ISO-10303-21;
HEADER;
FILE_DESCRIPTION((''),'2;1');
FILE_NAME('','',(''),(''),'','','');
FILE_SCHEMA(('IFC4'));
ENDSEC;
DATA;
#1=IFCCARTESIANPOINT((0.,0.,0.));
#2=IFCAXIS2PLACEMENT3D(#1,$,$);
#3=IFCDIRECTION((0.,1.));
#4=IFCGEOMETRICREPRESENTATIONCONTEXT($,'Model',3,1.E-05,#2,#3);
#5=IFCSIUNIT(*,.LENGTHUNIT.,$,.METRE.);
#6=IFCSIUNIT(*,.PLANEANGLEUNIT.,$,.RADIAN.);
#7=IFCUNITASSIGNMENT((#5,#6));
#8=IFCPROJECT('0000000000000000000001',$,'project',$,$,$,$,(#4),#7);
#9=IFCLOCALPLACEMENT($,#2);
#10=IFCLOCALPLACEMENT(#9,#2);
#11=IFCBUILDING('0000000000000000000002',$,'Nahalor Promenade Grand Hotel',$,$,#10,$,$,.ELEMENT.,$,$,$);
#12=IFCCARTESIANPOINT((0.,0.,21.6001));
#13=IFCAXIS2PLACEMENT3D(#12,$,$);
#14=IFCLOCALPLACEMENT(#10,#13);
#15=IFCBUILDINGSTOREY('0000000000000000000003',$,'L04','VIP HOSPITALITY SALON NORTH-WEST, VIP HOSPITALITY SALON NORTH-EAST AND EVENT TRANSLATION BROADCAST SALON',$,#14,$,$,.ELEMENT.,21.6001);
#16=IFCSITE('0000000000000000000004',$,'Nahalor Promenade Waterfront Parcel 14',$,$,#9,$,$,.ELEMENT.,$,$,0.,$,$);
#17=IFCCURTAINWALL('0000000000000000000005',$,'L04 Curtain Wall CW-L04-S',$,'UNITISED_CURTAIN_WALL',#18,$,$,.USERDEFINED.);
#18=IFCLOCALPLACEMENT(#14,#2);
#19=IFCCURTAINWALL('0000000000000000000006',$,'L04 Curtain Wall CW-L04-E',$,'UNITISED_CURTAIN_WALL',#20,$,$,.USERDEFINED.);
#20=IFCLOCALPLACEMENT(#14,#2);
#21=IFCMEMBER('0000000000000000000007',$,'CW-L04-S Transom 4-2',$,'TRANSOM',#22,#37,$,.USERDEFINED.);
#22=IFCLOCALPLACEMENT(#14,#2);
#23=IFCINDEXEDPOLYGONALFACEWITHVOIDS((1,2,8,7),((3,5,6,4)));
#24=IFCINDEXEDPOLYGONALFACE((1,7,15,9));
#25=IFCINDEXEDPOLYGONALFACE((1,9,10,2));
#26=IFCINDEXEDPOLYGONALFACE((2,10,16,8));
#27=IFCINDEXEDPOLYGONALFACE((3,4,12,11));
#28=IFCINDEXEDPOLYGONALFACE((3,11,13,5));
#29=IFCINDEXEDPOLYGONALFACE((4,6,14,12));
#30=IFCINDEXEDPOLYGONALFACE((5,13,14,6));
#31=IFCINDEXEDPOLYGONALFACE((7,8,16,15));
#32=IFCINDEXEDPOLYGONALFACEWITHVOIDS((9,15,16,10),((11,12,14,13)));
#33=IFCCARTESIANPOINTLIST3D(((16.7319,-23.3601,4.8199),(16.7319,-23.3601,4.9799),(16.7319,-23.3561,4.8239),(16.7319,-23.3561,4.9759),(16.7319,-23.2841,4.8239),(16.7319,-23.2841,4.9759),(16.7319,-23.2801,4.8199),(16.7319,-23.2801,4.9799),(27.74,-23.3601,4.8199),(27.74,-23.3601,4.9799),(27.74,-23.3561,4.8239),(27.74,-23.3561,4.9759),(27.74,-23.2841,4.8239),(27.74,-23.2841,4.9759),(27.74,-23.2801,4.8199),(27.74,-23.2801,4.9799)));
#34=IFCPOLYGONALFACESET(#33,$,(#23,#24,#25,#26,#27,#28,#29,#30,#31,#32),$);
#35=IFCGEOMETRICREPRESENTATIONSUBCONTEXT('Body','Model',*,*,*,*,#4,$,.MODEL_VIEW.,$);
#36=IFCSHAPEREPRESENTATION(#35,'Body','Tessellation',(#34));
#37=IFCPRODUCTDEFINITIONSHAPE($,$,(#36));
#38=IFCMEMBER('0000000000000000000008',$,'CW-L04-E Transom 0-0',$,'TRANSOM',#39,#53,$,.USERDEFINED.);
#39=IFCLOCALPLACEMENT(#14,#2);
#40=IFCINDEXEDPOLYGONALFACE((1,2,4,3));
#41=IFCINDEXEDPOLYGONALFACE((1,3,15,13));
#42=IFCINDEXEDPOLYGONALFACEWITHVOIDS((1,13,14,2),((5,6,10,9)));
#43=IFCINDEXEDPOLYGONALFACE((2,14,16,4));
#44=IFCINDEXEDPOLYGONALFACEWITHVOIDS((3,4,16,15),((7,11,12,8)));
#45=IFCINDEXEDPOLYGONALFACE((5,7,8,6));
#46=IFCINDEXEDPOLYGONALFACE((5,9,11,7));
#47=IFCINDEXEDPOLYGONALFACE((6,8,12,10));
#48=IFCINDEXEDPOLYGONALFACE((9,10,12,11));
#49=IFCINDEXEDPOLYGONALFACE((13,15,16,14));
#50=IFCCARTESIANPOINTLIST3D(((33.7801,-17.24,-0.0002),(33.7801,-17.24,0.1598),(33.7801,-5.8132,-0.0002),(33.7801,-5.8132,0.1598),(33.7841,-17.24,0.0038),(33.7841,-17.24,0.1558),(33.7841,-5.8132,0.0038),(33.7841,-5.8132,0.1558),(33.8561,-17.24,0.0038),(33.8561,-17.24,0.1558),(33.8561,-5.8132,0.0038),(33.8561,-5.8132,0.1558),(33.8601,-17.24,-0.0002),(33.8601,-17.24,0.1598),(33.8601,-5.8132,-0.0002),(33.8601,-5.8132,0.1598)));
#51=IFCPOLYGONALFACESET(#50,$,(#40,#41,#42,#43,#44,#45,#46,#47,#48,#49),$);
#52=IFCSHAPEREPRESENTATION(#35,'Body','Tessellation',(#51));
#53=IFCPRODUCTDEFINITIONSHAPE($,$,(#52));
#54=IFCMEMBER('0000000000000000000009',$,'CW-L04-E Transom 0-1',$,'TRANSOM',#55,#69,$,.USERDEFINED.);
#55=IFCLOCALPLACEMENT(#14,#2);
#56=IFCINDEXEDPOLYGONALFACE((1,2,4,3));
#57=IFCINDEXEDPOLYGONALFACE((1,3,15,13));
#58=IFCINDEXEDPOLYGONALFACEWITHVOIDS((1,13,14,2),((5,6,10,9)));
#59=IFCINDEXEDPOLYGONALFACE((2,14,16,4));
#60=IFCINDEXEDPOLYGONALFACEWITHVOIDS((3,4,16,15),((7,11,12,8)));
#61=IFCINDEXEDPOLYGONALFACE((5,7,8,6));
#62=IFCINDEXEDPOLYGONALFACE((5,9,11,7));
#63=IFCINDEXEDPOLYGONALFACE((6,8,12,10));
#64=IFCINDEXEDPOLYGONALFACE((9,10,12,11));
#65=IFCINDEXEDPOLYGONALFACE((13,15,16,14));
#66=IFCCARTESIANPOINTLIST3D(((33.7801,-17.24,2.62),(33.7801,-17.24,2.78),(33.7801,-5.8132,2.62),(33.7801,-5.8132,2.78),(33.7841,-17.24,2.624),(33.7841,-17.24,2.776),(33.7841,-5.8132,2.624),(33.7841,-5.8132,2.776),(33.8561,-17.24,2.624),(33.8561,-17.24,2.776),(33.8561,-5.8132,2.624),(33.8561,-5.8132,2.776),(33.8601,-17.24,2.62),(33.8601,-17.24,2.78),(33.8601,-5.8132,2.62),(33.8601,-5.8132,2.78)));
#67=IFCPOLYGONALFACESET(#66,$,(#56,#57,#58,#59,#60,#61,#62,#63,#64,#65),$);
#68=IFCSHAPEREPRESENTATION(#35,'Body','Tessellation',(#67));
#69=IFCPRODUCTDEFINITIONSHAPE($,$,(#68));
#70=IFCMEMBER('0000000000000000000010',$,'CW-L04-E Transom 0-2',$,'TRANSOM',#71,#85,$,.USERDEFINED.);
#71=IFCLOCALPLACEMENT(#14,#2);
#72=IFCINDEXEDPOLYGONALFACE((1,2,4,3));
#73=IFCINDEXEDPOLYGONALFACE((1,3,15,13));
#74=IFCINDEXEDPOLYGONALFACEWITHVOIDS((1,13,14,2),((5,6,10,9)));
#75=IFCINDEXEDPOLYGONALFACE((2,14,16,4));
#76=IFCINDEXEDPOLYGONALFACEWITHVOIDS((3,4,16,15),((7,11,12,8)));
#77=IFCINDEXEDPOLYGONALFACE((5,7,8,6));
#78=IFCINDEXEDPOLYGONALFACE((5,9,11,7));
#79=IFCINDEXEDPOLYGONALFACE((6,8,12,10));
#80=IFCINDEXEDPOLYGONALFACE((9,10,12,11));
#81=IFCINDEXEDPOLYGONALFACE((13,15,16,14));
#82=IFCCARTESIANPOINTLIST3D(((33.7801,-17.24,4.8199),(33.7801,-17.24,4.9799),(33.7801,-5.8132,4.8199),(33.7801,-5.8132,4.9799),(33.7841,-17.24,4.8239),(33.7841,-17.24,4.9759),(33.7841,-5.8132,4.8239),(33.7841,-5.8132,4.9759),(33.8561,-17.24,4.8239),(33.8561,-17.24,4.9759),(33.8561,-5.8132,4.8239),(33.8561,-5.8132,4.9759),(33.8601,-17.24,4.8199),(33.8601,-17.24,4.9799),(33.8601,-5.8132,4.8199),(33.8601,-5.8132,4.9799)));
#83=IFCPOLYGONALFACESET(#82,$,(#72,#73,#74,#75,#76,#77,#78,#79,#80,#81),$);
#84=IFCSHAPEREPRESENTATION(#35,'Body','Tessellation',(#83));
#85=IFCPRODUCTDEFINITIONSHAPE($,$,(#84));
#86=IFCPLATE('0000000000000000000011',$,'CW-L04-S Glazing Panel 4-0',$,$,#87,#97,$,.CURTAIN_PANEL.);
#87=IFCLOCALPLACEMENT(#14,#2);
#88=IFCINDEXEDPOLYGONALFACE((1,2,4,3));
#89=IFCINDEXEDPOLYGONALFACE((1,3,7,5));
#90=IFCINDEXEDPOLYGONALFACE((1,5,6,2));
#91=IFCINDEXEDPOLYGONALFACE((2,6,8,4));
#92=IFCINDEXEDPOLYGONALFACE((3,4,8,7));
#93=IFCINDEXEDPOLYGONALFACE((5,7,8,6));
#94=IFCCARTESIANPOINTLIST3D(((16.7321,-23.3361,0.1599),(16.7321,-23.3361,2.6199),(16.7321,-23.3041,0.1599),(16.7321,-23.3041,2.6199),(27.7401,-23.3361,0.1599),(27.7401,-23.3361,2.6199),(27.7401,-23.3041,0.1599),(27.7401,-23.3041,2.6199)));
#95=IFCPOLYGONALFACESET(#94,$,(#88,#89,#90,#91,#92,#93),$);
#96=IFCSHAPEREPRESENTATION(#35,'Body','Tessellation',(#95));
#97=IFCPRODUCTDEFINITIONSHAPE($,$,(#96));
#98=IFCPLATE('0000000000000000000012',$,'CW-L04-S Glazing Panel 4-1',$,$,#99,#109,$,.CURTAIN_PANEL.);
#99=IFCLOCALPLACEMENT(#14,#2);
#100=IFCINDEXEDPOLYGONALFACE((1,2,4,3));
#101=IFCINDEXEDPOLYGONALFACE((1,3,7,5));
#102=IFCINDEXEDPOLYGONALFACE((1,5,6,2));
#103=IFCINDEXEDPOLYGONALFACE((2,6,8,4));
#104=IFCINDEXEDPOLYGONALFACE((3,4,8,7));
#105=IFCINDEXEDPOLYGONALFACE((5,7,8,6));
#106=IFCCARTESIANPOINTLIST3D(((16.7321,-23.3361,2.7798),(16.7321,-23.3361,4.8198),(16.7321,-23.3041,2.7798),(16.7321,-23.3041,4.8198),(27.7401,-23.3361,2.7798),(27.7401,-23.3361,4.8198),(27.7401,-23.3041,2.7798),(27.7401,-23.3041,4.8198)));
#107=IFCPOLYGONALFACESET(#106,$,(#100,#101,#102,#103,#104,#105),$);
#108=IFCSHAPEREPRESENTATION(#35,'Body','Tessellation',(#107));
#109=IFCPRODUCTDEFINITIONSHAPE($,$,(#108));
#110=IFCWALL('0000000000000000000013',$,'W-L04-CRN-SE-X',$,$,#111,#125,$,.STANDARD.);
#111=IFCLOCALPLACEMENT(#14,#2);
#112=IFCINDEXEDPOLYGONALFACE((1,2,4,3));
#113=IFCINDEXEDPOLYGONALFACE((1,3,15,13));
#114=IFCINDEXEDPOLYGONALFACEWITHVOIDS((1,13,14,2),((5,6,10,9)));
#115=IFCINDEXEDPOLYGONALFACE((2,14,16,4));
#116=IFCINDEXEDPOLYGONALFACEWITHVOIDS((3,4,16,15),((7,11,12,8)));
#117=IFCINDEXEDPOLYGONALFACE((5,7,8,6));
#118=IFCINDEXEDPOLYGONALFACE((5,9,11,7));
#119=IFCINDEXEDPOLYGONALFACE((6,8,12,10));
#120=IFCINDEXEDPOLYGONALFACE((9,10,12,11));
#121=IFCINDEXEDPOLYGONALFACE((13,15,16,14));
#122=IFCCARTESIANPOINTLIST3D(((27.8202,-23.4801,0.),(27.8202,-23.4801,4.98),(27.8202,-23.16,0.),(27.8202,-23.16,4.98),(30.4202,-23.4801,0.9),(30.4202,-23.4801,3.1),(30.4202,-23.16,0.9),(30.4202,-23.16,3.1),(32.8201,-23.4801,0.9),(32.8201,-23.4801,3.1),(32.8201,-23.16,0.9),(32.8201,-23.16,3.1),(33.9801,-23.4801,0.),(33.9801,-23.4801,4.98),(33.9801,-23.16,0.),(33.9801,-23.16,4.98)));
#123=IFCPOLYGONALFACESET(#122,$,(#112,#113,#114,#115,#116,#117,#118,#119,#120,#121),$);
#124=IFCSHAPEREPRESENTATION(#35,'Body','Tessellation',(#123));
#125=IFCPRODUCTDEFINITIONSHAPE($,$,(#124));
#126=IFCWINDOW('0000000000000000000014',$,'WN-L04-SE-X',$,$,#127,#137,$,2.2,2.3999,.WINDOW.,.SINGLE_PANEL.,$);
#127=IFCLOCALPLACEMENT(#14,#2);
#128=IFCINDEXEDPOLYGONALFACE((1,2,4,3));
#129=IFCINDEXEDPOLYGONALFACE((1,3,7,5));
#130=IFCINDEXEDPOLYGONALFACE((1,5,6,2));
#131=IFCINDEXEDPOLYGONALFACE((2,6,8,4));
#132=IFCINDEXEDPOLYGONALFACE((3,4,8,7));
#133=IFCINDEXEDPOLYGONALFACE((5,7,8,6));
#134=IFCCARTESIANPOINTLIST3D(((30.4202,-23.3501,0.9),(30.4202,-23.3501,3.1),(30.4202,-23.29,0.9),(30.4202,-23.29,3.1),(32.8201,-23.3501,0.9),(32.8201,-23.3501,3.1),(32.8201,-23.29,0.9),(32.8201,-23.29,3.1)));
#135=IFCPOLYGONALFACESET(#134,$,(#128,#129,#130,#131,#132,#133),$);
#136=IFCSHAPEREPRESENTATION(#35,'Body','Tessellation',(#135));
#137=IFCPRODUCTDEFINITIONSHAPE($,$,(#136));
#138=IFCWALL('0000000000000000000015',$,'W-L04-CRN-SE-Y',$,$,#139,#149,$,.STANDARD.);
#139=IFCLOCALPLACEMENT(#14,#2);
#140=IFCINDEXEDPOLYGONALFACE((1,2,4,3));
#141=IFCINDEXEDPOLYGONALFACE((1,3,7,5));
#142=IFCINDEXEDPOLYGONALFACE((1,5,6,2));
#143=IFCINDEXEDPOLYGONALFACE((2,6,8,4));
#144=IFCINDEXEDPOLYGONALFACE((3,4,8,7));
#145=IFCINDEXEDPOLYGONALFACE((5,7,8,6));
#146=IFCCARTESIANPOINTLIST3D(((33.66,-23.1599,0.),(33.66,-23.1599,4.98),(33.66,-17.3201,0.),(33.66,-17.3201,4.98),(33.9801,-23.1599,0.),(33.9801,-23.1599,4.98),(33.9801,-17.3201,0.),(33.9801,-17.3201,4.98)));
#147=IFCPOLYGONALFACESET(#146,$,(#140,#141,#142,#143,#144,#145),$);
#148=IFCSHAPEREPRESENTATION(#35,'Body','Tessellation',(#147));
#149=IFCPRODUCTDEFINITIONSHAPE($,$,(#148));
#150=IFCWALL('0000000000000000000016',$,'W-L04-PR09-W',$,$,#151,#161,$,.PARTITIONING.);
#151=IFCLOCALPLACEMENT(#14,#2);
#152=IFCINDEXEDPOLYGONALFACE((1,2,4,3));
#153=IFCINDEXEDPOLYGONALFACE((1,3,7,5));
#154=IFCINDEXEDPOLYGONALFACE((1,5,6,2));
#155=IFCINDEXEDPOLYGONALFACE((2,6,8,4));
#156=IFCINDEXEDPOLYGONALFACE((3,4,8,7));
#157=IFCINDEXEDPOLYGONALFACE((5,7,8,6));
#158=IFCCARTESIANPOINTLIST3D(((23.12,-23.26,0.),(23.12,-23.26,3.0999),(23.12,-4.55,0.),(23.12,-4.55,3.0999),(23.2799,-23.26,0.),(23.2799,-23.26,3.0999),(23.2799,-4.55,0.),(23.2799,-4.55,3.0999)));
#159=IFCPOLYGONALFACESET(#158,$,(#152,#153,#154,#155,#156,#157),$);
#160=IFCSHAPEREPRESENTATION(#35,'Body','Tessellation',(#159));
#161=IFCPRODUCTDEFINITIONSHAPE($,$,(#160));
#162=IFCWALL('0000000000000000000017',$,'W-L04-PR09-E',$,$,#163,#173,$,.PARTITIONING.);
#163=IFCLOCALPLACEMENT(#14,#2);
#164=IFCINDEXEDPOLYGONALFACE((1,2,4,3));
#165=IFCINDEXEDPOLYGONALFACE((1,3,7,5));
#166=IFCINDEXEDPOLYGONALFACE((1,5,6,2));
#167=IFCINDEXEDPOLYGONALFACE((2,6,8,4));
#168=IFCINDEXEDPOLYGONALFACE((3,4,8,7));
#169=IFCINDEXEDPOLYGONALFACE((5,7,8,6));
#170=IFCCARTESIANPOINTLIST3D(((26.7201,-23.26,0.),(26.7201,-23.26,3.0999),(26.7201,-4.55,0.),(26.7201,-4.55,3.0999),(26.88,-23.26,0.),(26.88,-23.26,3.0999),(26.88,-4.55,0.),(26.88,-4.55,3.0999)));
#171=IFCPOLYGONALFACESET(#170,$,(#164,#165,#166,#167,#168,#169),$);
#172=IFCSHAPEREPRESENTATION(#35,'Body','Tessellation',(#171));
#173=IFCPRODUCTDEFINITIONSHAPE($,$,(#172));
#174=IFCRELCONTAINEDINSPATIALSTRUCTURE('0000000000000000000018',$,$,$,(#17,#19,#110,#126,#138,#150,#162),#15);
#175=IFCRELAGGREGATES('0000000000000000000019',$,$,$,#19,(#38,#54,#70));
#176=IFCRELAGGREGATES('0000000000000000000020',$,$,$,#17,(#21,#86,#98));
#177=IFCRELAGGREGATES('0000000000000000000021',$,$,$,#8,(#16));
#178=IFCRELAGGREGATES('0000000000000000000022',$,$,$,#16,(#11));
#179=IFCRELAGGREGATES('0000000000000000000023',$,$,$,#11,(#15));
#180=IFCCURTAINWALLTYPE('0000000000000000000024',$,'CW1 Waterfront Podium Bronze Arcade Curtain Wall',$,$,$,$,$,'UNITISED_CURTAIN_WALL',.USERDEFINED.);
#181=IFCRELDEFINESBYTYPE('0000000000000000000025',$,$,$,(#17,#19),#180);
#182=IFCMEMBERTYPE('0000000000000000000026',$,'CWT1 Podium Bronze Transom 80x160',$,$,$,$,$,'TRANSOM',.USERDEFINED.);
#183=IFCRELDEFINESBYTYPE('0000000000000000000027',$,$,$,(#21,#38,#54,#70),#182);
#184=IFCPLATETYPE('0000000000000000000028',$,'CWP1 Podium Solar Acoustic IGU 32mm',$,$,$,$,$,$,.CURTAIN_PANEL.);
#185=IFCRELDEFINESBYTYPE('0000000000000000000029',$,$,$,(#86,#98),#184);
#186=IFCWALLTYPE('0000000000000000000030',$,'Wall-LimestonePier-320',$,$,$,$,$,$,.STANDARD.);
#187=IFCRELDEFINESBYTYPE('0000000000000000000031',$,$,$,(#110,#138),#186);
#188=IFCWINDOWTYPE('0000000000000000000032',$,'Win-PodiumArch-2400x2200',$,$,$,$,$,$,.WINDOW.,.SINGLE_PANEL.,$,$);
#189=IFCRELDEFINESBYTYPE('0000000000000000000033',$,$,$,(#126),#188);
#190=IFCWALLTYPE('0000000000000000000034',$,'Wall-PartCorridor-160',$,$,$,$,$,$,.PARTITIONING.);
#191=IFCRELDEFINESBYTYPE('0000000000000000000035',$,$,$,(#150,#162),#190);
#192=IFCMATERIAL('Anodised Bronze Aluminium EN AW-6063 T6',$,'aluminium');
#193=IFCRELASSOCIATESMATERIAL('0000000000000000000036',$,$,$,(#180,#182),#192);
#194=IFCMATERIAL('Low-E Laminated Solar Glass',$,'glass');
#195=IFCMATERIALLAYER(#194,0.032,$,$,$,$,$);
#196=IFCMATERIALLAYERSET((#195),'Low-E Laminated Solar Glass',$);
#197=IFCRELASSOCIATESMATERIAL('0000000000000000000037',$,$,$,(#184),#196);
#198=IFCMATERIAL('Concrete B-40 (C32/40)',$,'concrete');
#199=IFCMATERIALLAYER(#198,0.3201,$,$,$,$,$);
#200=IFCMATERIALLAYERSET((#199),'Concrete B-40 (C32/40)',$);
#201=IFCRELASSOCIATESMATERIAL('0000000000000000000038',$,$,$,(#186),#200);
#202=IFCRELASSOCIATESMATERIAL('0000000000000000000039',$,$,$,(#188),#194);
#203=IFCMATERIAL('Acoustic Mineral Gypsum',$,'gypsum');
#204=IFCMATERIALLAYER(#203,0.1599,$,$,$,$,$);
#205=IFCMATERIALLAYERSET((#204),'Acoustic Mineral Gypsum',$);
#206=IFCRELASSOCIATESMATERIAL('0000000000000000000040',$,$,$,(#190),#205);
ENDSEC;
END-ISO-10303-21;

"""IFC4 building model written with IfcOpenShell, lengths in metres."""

from ifc_helpers import new_model, si_unit, direction, frame, frame_2d, origin, origin_2d, place, context, subcontext, project, spatial, rectangle, hollow_rectangle, extrude, source, transform, mapped, material, layer, layer_set, material_profile, profile_set, type_object, element, fill, aggregate, save


model = new_model("IFC4")

# Units and contexts
model_context = context("Model", 3, precision=1e-05, world=origin(), true_north=direction((0.0, 1.0)))
body_context = subcontext(model_context, "Body", "Model", "MODEL_VIEW")
ifc_project = project(units=[si_unit("LENGTHUNIT", "METRE"), si_unit("PLANEANGLEUNIT", "RADIAN")], contexts=[model_context])

# Site, building, storey
site_placement = place(None, origin())
site = spatial("IfcSite", under=ifc_project, at=site_placement, Name="Nahalor Promenade Waterfront Parcel 14", CompositionType="ELEMENT", RefElevation=0.0)
building_placement = place(site_placement, origin())
building = spatial("IfcBuilding", under=site, at=building_placement, Name="Nahalor Promenade Grand Hotel", CompositionType="ELEMENT")
storey_placement = place(building_placement, frame((0.0, 0.0, 21.6001)))
storey = spatial("IfcBuildingStorey", under=building, at=storey_placement, Name="L04", Description="VIP HOSPITALITY SALON NORTH-WEST, VIP HOSPITALITY SALON NORTH-EAST AND EVENT TRANSLATION BROADCAST SALON", CompositionType="ELEMENT", Elevation=21.6001)

# Curtain wall
ifc_material_1 = material(Name="Anodised Bronze Aluminium EN AW-6063 T6", Category="aluminium")
curtain_wall_type = type_object("IfcCurtainWallType", Name="CW1 Waterfront Podium Bronze Arcade Curtain Wall", ElementType="UNITISED_CURTAIN_WALL", PredefinedType="USERDEFINED", material=ifc_material_1)
curtain_wall_1_placement = place(storey_placement, origin())
curtain_wall_1 = element("IfcCurtainWall", 1, at=curtain_wall_1_placement, inside=storey, type_object=curtain_wall_type, Name="L04 Curtain Wall CW-L04-S", ObjectType="UNITISED_CURTAIN_WALL", PredefinedType="USERDEFINED")

# Curtain wall
curtain_wall_2_placement = place(storey_placement, origin())
curtain_wall_2 = element("IfcCurtainWall", 2, at=curtain_wall_2_placement, inside=storey, type_object=curtain_wall_type, Name="L04 Curtain Wall CW-L04-E", ObjectType="UNITISED_CURTAIN_WALL", PredefinedType="USERDEFINED")

# Members
ifc_material_profile_1 = material_profile(ifc_material_1, hollow_rectangle(XDim=0.08, YDim=0.16, WallThickness=0.004, at=origin_2d()), Name="CWT 80x160x4")
ifc_profile_set_1 = profile_set([ifc_material_profile_1], Name="Anodised Bronze Aluminium EN AW-6063 T6")
member_type_1 = type_object("IfcMemberType", Name="CWT1 Podium Bronze Transom 80x160", ElementType="TRANSOM", PredefinedType="USERDEFINED", material=ifc_profile_set_1)
shared_shape_1 = source(origin(), body_context, "Body", "SweptSolid", [
    extrude(hollow_rectangle(XDim=0.08, YDim=0.16, WallThickness=0.004, at=origin_2d()), origin(), (0.0, 0.0, 1.0), 11.0081),
])
member_1_placement = place(storey_placement, frame((16.7319, -23.3201, 4.8999), z_axis=(1.0, 0.0, 0.0), x_axis=(0.0, 1.0, 0.0)))
member_1 = element("IfcMember", 3, at=member_1_placement, type_object=member_type_1, Name="CW-L04-S Transom 4-2", ObjectType="TRANSOM", PredefinedType="USERDEFINED", context=body_context, shape_type="MappedRepresentation", body=[
    mapped(shared_shape_1, transform((0.0, 0.0, 0.0), scale=1.0)),
])
shared_shape_2 = source(origin(), body_context, "Body", "SweptSolid", [
    extrude(hollow_rectangle(XDim=0.08, YDim=0.16, WallThickness=0.004, at=origin_2d()), origin(), (0.0, 0.0, 1.0), 11.4268),
])
member_2_placement = place(storey_placement, frame((33.8201, -17.24, 0.0798), z_axis=(0.0, 1.0, 0.0), x_axis=(-1.0, 0.0, 0.0)))
member_2 = element("IfcMember", 4, at=member_2_placement, type_object=member_type_1, Name="CW-L04-E Transom 0-0", ObjectType="TRANSOM", PredefinedType="USERDEFINED", context=body_context, shape_type="MappedRepresentation", body=[
    mapped(shared_shape_2, transform((0.0, 0.0, 0.0), scale=1.0)),
])
member_3_placement = place(storey_placement, frame((33.8201, -17.24, 2.7), z_axis=(0.0, 1.0, 0.0), x_axis=(-1.0, 0.0, 0.0)))
member_3 = element("IfcMember", 5, at=member_3_placement, type_object=member_type_1, Name="CW-L04-E Transom 0-1", ObjectType="TRANSOM", PredefinedType="USERDEFINED", context=body_context, shape_type="MappedRepresentation", body=[
    mapped(shared_shape_2, transform((0.0, 0.0, 0.0), scale=1.0)),
])
member_4_placement = place(storey_placement, frame((33.8201, -17.24, 4.8999), z_axis=(0.0, 1.0, 0.0), x_axis=(-1.0, 0.0, 0.0)))
member_4 = element("IfcMember", 6, at=member_4_placement, type_object=member_type_1, Name="CW-L04-E Transom 0-2", ObjectType="TRANSOM", PredefinedType="USERDEFINED", context=body_context, shape_type="MappedRepresentation", body=[
    mapped(shared_shape_2, transform((0.0, 0.0, 0.0), scale=1.0)),
])
aggregate(curtain_wall_2, [member_2, member_3, member_4])

# Plates
ifc_material_2 = material(Name="Low-E Laminated Solar Glass", Category="glass")
ifc_layer_1 = layer(ifc_material_2, 0.032)
ifc_layer_set_1 = layer_set([ifc_layer_1], Name="Low-E Laminated Solar Glass")
plate_type = type_object("IfcPlateType", Name="CWP1 Podium Solar Acoustic IGU 32mm", PredefinedType="CURTAIN_PANEL", material=ifc_layer_set_1)
shared_shape_3 = source(origin(), body_context, "Body", "SweptSolid", [
    extrude(rectangle(XDim=11.0081, YDim=0.032, at=origin_2d()), origin(), (0.0, 0.0, 1.0), 2.46),
])
plate_1_placement = place(storey_placement, frame((22.2361, -23.3201, 0.1599), z_axis=(0.0, 0.0, 1.0), x_axis=(1.0, 0.0, 0.0)))
plate_1 = element("IfcPlate", 7, at=plate_1_placement, type_object=plate_type, Name="CW-L04-S Glazing Panel 4-0", PredefinedType="CURTAIN_PANEL", context=body_context, shape_type="MappedRepresentation", body=[
    mapped(shared_shape_3, transform((0.0, 0.0, 0.0), scale=1.0)),
])
shared_shape_4 = source(origin(), body_context, "Body", "SweptSolid", [
    extrude(rectangle(XDim=11.0081, YDim=0.032, at=origin_2d()), origin(), (0.0, 0.0, 1.0), 2.04),
])
plate_2_placement = place(storey_placement, frame((22.2361, -23.3201, 2.7798), z_axis=(0.0, 0.0, 1.0), x_axis=(1.0, 0.0, 0.0)))
plate_2 = element("IfcPlate", 8, at=plate_2_placement, type_object=plate_type, Name="CW-L04-S Glazing Panel 4-1", PredefinedType="CURTAIN_PANEL", context=body_context, shape_type="MappedRepresentation", body=[
    mapped(shared_shape_4, transform((0.0, 0.0, 0.0), scale=1.0)),
])
aggregate(curtain_wall_1, [member_1, plate_1, plate_2])

# Wall, opening, window
ifc_material_3 = material(Name="Concrete B-40 (C32/40)", Category="concrete")
ifc_layer_2 = layer(ifc_material_3, 0.3201)
ifc_layer_set_2 = layer_set([ifc_layer_2], Name="Concrete B-40 (C32/40)")
wall_type_1 = type_object("IfcWallType", Name="Wall-LimestonePier-320", PredefinedType="STANDARD", material=ifc_layer_set_2)
shared_shape_5 = source(origin(), body_context, "Body", "SweptSolid", [
    extrude(rectangle(XDim=6.1599, YDim=0.3201, at=frame_2d((3.0801, 0.0))), origin(), (0.0, 0.0, 1.0), 4.98),
])
wall_1_placement = place(storey_placement, frame((27.8201, -23.3201, 0.0), z_axis=(0.0, 0.0, 1.0), x_axis=(1.0, 0.0, 0.0)))
wall_1 = element("IfcWall", 9, at=wall_1_placement, inside=storey, type_object=wall_type_1, Name="W-L04-CRN-SE-X", PredefinedType="STANDARD", context=body_context, shape_type="MappedRepresentation", body=[
    mapped(shared_shape_5, transform((0.0, 0.0, 0.0), scale=1.0)),
])
opening_placement = place(wall_1_placement, frame((2.6001, 0.0, 0.8999)))
opening = element("IfcOpeningElement", 10, at=opening_placement, cuts=wall_1, PredefinedType="OPENING", context=body_context, shape_type="SweptSolid", body=[
    extrude(rectangle(XDim=2.3999, YDim=2.2, at=frame_2d((1.2, 1.1001))), frame((0.0, 0.1699, 0.0), z_axis=(0.0, -1.0, 0.0), x_axis=(1.0, 0.0, 0.0)), (0.0, 0.0, 1.0), 0.3401),
])
window_type = type_object("IfcWindowType", Name="Win-PodiumArch-2400x2200", PartitioningType="SINGLE_PANEL", PredefinedType="WINDOW", material=ifc_material_2)
shared_shape_6 = source(origin(), body_context, "Body", "SweptSolid", [
    extrude(rectangle(XDim=2.3999, YDim=2.2, at=frame_2d((1.2, 1.1001))), frame((0.0, 0.03, 0.0), z_axis=(0.0, -1.0, 0.0), x_axis=(1.0, 0.0, 0.0)), (0.0, 0.0, 1.0), 0.0601),
])
window_placement = place(opening_placement, origin())
window = element("IfcWindow", 11, at=window_placement, inside=storey, type_object=window_type, Name="WN-L04-SE-X", OverallHeight=2.2, OverallWidth=2.3999, PartitioningType="SINGLE_PANEL", PredefinedType="WINDOW", context=body_context, shape_type="MappedRepresentation", body=[
    mapped(shared_shape_6, transform((0.0, 0.0, 0.0), scale=1.0)),
])
fill(opening, window)

# Walls
shared_shape_7 = source(origin(), body_context, "Body", "SweptSolid", [
    extrude(rectangle(XDim=5.8398, YDim=0.3201, at=frame_2d((2.9199, 0.0))), origin(), (0.0, 0.0, 1.0), 4.98),
])
wall_2_placement = place(storey_placement, frame((33.8201, -23.1599, 0.0), z_axis=(0.0, 0.0, 1.0), x_axis=(0.0, 1.0, 0.0)))
element("IfcWall", 12, at=wall_2_placement, inside=storey, type_object=wall_type_1, Name="W-L04-CRN-SE-Y", PredefinedType="STANDARD", context=body_context, shape_type="MappedRepresentation", body=[
    mapped(shared_shape_7, transform((0.0, 0.0, 0.0), scale=1.0)),
])
ifc_material_4 = material(Name="Acoustic Mineral Gypsum", Category="gypsum")
ifc_layer_3 = layer(ifc_material_4, 0.1599)
ifc_layer_set_3 = layer_set([ifc_layer_3], Name="Acoustic Mineral Gypsum")
wall_type_2 = type_object("IfcWallType", Name="Wall-PartCorridor-160", PredefinedType="PARTITIONING", material=ifc_layer_set_3)
shared_shape_8 = source(origin(), body_context, "Body", "SweptSolid", [
    extrude(rectangle(XDim=18.71, YDim=0.1599, at=frame_2d((9.355, 0.0))), origin(), (0.0, 0.0, 1.0), 3.0999),
])
for number, where, z_axis, x_axis, name in (
    (13, (23.2, -23.26, 0.0), (0.0, 0.0, 1.0), (0.0, 1.0, 0.0), "W-L04-PR09-W"),
    (14, (26.8, -23.26, 0.0), (0.0, 0.0, 1.0), (0.0, 1.0, 0.0), "W-L04-PR09-E"),
):
    element("IfcWall", number, at=place(storey_placement, frame(where, z_axis=z_axis, x_axis=x_axis)), inside=storey, type_object=wall_type_2, Name=name, PredefinedType="PARTITIONING", context=body_context, shape_type="MappedRepresentation", body=[
        mapped(shared_shape_8, transform((0.0, 0.0, 0.0), scale=1.0)),
    ])

save(model, "model.ifc")
